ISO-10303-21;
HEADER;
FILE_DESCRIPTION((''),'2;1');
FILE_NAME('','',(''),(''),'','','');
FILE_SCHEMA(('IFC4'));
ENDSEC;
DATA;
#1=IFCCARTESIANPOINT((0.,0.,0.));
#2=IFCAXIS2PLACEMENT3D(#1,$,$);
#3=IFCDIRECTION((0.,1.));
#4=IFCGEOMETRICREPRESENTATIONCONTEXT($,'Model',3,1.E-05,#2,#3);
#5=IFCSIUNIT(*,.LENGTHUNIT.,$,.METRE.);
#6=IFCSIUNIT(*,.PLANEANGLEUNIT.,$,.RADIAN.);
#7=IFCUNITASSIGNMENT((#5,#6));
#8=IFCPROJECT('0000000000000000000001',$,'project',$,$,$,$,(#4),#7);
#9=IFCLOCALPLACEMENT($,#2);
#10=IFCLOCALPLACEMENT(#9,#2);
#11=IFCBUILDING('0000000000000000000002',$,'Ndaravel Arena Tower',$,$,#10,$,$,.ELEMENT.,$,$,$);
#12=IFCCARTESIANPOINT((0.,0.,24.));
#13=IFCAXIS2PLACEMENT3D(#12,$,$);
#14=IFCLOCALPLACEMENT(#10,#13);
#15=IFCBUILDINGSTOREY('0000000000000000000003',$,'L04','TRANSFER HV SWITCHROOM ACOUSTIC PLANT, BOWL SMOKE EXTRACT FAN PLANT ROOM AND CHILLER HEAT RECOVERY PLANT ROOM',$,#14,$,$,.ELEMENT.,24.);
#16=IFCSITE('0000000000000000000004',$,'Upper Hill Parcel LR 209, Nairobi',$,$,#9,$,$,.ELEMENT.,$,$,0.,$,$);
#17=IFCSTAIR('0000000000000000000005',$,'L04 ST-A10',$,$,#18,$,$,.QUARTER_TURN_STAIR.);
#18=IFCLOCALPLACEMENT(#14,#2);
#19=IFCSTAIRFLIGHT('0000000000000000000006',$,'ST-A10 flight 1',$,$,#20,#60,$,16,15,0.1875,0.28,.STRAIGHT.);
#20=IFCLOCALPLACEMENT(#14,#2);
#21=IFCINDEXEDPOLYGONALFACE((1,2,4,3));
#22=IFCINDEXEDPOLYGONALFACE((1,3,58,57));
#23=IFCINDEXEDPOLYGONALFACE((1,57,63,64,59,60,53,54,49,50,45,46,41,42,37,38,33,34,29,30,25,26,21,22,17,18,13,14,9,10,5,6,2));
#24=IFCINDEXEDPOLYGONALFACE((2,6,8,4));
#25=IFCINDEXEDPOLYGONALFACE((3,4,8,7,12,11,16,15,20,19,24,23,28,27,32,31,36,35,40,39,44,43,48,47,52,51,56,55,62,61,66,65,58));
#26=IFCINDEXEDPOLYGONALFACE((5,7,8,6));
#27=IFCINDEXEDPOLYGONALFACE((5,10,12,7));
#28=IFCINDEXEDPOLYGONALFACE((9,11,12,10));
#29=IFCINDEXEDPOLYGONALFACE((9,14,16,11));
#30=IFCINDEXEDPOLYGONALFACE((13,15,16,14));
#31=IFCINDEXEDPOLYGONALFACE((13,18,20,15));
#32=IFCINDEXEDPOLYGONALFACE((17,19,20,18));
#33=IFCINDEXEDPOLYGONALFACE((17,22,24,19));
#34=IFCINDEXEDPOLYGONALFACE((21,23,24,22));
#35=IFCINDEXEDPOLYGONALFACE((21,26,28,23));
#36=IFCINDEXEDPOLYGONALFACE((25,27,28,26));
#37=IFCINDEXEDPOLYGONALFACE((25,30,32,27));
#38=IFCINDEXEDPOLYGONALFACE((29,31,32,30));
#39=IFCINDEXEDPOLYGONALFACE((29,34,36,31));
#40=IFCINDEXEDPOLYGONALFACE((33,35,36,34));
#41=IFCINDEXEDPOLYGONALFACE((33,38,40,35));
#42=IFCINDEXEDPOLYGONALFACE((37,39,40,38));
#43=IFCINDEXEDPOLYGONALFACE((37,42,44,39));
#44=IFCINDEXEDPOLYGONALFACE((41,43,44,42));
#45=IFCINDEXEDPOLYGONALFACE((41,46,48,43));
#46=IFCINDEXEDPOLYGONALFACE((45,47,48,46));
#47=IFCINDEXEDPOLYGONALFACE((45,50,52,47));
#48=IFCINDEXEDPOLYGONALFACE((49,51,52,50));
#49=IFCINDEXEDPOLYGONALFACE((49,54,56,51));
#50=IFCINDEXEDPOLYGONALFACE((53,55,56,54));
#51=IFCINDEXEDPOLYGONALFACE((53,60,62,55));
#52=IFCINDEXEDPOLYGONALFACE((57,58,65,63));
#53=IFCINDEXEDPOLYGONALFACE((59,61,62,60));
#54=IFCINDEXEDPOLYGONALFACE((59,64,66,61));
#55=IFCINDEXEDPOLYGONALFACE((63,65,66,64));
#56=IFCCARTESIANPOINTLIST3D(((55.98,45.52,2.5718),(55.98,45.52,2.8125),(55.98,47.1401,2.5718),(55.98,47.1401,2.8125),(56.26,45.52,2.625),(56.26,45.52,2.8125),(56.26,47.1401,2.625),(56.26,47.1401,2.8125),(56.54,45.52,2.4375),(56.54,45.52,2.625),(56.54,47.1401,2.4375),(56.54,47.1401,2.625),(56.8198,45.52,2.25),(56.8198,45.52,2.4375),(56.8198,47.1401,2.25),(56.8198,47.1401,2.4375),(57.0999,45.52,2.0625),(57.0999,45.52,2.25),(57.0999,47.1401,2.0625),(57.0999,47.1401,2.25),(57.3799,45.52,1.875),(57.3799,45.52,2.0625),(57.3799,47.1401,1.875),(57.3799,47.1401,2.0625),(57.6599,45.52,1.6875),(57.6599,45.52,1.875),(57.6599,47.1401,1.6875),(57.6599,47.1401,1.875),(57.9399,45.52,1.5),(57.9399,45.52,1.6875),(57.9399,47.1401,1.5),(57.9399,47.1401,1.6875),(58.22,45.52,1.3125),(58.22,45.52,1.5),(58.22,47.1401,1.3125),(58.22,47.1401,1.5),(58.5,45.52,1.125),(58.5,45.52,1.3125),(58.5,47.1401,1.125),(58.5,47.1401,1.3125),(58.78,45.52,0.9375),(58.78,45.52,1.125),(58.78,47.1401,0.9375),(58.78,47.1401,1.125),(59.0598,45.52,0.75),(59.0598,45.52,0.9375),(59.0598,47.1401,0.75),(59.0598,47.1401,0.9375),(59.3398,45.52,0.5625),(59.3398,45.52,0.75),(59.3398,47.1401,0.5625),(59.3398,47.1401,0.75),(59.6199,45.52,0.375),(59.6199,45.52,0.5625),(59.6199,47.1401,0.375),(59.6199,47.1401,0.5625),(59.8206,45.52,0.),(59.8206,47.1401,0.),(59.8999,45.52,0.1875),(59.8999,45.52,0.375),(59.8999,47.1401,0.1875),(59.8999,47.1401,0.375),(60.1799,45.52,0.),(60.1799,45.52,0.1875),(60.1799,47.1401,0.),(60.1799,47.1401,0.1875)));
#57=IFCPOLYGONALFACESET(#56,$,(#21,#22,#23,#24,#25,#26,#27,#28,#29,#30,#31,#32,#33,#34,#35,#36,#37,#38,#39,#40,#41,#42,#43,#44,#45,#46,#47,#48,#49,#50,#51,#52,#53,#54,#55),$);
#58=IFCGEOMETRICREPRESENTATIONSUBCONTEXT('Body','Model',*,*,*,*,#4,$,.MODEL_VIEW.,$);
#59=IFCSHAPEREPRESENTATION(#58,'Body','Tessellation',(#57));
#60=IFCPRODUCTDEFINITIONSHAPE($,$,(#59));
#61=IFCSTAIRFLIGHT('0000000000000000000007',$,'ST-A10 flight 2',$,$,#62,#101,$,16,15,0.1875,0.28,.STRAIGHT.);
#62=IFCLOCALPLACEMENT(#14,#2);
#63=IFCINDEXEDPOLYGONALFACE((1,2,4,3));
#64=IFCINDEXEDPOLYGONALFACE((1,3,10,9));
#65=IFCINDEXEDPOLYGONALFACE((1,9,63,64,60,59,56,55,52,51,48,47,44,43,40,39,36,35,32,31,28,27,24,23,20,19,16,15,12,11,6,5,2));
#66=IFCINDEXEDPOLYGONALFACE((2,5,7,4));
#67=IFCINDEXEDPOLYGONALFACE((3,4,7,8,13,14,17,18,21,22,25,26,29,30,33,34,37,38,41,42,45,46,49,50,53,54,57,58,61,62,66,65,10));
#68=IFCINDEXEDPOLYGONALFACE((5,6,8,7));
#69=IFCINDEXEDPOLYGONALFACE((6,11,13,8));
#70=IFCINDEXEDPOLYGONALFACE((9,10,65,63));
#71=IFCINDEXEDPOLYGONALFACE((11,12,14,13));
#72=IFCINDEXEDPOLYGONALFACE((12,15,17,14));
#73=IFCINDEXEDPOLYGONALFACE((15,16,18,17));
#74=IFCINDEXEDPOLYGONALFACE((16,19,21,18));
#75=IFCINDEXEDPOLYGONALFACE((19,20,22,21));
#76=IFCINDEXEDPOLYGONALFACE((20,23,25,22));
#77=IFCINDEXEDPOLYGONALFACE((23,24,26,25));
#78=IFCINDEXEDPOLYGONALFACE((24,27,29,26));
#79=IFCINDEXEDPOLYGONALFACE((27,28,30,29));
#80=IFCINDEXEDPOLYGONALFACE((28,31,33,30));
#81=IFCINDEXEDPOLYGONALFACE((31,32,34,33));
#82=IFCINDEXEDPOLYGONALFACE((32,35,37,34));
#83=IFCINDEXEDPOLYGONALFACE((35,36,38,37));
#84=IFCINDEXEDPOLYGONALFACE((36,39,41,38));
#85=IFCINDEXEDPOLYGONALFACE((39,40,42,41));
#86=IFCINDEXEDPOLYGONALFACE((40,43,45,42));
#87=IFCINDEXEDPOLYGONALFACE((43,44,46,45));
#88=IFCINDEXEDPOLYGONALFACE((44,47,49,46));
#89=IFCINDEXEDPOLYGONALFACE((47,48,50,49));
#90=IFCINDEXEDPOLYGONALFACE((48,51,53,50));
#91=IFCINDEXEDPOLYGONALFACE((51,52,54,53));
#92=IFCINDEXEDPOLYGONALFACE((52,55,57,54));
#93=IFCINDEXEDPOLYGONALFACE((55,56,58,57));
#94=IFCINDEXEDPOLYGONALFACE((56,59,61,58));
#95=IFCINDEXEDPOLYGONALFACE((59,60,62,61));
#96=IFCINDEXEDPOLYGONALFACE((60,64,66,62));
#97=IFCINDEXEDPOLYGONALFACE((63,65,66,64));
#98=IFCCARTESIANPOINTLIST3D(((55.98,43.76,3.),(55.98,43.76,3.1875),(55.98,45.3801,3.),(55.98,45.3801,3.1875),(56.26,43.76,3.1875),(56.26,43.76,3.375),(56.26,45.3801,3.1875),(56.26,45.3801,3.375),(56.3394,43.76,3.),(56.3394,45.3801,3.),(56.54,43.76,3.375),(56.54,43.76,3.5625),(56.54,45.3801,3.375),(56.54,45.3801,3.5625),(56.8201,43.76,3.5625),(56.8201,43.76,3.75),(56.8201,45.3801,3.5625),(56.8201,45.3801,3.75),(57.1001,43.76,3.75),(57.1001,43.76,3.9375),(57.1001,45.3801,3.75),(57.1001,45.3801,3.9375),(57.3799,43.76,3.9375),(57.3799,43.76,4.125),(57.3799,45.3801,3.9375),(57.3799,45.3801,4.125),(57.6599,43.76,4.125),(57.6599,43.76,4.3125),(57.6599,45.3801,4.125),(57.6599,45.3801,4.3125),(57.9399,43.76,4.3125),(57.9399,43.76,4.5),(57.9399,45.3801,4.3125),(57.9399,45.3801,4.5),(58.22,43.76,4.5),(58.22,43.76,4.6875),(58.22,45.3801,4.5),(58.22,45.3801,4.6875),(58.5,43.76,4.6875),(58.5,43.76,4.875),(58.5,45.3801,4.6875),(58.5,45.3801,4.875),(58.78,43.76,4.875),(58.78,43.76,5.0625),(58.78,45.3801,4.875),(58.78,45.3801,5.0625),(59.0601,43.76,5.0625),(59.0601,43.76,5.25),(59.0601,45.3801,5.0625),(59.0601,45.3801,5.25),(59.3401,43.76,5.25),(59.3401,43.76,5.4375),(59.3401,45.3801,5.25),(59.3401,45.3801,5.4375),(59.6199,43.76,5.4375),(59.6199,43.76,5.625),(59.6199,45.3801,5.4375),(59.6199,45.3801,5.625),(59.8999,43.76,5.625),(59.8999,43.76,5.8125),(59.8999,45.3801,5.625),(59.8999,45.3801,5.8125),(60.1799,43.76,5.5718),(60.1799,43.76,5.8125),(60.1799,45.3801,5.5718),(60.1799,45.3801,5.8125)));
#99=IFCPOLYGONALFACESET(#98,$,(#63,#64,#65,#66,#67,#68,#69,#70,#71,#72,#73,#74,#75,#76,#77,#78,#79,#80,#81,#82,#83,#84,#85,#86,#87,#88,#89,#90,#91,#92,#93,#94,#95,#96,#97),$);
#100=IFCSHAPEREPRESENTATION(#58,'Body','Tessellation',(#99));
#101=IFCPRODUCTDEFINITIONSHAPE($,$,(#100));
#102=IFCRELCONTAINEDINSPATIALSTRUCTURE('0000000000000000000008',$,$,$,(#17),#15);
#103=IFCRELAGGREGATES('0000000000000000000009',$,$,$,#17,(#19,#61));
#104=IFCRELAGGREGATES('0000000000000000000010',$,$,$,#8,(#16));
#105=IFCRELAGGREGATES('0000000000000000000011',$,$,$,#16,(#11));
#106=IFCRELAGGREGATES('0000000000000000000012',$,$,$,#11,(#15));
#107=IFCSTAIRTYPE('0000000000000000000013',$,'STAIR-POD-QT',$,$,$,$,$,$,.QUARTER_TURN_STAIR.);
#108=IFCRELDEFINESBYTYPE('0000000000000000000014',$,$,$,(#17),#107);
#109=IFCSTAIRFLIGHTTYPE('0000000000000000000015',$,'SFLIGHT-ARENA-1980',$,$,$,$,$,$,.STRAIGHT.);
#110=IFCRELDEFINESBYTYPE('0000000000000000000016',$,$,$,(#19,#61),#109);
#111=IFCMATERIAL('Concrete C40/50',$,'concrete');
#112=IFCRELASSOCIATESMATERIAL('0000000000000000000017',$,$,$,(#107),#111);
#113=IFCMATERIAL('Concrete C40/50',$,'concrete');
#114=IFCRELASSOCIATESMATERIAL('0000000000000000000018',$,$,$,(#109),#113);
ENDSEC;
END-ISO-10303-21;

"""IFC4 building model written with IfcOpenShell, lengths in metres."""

from ifc_helpers import new_model, si_unit, direction, frame, origin, place, context, subcontext, project, spatial, polyline, outline, extrude, material, type_object, element, aggregate, save


model = new_model("IFC4")

# Units and contexts
model_context = context("Model", 3, precision=1e-05, world=origin(), true_north=direction((0.0, 1.0)))
body_context = subcontext(model_context, "Body", "Model", "MODEL_VIEW")
ifc_project = project(units=[si_unit("LENGTHUNIT", "METRE"), si_unit("PLANEANGLEUNIT", "RADIAN")], contexts=[model_context])

# Site, building, storey
site_placement = place(None, origin())
site = spatial("IfcSite", under=ifc_project, at=site_placement, Name="Upper Hill Parcel LR 209, Nairobi", CompositionType="ELEMENT", RefElevation=0.0)
building_placement = place(site_placement, origin())
building = spatial("IfcBuilding", under=site, at=building_placement, Name="Ndaravel Arena Tower", CompositionType="ELEMENT")
storey_placement = place(building_placement, frame((0.0, 0.0, 24.0)))
storey = spatial("IfcBuildingStorey", under=building, at=storey_placement, Name="L04", Description="TRANSFER HV SWITCHROOM ACOUSTIC PLANT, BOWL SMOKE EXTRACT FAN PLANT ROOM AND CHILLER HEAT RECOVERY PLANT ROOM", CompositionType="ELEMENT", Elevation=24.0)

# Stair, stair flights
ifc_material_1 = material(Name="Concrete C40/50", Category="concrete")
stair_type = type_object("IfcStairType", Name="STAIR-POD-QT", PredefinedType="QUARTER_TURN_STAIR", material=ifc_material_1)
stair_placement = place(storey_placement, origin())
stair = element("IfcStair", 1, at=stair_placement, inside=storey, type_object=stair_type, Name="L04 ST-A10", PredefinedType="QUARTER_TURN_STAIR")
ifc_material_2 = material(Name="Concrete C40/50", Category="concrete")
stair_flight_type = type_object("IfcStairFlightType", Name="SFLIGHT-ARENA-1980", PredefinedType="STRAIGHT", material=ifc_material_2)
stair_flight_1_placement = place(storey_placement, frame((60.1799, 46.3301, 0.0), z_axis=(0.0, 0.0, 1.0), x_axis=(-1.0, 0.0, 0.0)))
stair_flight_1 = element("IfcStairFlight", 2, at=stair_flight_1_placement, type_object=stair_flight_type, Name="ST-A10 flight 1", NumberOfRisers=16, NumberOfTreads=15, PredefinedType="STRAIGHT", RiserHeight=0.1875, TreadLength=0.28, context=body_context, shape_type="SweptSolid", body=[
    extrude(outline(polyline([(0.0, 0.0), (0.0, 0.1875), (0.28, 0.1875), (0.28, 0.375), (0.5601, 0.375), (0.5601, 0.5625), (0.8401, 0.5625), (0.8401, 0.75), (1.1201, 0.75), (1.1201, 0.9375), (1.3999, 0.9375), (1.3999, 1.125), (1.6799, 1.125), (1.6799, 1.3125), (1.96, 1.3125), (1.96, 1.5), (2.24, 1.5), (2.24, 1.6875), (2.52, 1.6875), (2.52, 1.875), (2.8, 1.875), (2.8, 2.0625), (3.0801, 2.0625), (3.0801, 2.25), (3.3601, 2.25), (3.3601, 2.4375), (3.6399, 2.4375), (3.6399, 2.625), (3.9199, 2.625), (3.9199, 2.8125), (4.2, 2.8125), (4.2, 3.0), (4.2, 2.5718), (0.3594, 0.0), (0.0, 0.0)])), frame((0.0, 0.8101, 0.0), z_axis=(0.0, -1.0, 0.0), x_axis=(1.0, 0.0, 0.0)), (0.0, 0.0, 1.0), 1.6201),
])
stair_flight_2_placement = place(storey_placement, frame((55.98, 44.5701, 3.0), z_axis=(0.0, 0.0, 1.0), x_axis=(1.0, 0.0, 0.0)))
stair_flight_2 = element("IfcStairFlight", 3, at=stair_flight_2_placement, type_object=stair_flight_type, Name="ST-A10 flight 2", NumberOfRisers=16, NumberOfTreads=15, PredefinedType="STRAIGHT", RiserHeight=0.1875, TreadLength=0.28, context=body_context, shape_type="SweptSolid", body=[
    extrude(outline(polyline([(0.0, 0.0), (0.0, 0.1875), (0.28, 0.1875), (0.28, 0.375), (0.5601, 0.375), (0.5601, 0.5625), (0.8401, 0.5625), (0.8401, 0.75), (1.1201, 0.75), (1.1201, 0.9375), (1.3999, 0.9375), (1.3999, 1.125), (1.6799, 1.125), (1.6799, 1.3125), (1.96, 1.3125), (1.96, 1.5), (2.24, 1.5), (2.24, 1.6875), (2.52, 1.6875), (2.52, 1.875), (2.8, 1.875), (2.8, 2.0625), (3.0801, 2.0625), (3.0801, 2.25), (3.3601, 2.25), (3.3601, 2.4375), (3.6399, 2.4375), (3.6399, 2.625), (3.9199, 2.625), (3.9199, 2.8125), (4.2, 2.8125), (4.2, 3.0), (4.2, 2.5718), (0.3594, 0.0), (0.0, 0.0)])), frame((0.0, 0.8101, 0.0), z_axis=(0.0, -1.0, 0.0), x_axis=(1.0, 0.0, 0.0)), (0.0, 0.0, 1.0), 1.6201),
])
aggregate(stair, [stair_flight_1, stair_flight_2])

save(model, "model.ifc")
